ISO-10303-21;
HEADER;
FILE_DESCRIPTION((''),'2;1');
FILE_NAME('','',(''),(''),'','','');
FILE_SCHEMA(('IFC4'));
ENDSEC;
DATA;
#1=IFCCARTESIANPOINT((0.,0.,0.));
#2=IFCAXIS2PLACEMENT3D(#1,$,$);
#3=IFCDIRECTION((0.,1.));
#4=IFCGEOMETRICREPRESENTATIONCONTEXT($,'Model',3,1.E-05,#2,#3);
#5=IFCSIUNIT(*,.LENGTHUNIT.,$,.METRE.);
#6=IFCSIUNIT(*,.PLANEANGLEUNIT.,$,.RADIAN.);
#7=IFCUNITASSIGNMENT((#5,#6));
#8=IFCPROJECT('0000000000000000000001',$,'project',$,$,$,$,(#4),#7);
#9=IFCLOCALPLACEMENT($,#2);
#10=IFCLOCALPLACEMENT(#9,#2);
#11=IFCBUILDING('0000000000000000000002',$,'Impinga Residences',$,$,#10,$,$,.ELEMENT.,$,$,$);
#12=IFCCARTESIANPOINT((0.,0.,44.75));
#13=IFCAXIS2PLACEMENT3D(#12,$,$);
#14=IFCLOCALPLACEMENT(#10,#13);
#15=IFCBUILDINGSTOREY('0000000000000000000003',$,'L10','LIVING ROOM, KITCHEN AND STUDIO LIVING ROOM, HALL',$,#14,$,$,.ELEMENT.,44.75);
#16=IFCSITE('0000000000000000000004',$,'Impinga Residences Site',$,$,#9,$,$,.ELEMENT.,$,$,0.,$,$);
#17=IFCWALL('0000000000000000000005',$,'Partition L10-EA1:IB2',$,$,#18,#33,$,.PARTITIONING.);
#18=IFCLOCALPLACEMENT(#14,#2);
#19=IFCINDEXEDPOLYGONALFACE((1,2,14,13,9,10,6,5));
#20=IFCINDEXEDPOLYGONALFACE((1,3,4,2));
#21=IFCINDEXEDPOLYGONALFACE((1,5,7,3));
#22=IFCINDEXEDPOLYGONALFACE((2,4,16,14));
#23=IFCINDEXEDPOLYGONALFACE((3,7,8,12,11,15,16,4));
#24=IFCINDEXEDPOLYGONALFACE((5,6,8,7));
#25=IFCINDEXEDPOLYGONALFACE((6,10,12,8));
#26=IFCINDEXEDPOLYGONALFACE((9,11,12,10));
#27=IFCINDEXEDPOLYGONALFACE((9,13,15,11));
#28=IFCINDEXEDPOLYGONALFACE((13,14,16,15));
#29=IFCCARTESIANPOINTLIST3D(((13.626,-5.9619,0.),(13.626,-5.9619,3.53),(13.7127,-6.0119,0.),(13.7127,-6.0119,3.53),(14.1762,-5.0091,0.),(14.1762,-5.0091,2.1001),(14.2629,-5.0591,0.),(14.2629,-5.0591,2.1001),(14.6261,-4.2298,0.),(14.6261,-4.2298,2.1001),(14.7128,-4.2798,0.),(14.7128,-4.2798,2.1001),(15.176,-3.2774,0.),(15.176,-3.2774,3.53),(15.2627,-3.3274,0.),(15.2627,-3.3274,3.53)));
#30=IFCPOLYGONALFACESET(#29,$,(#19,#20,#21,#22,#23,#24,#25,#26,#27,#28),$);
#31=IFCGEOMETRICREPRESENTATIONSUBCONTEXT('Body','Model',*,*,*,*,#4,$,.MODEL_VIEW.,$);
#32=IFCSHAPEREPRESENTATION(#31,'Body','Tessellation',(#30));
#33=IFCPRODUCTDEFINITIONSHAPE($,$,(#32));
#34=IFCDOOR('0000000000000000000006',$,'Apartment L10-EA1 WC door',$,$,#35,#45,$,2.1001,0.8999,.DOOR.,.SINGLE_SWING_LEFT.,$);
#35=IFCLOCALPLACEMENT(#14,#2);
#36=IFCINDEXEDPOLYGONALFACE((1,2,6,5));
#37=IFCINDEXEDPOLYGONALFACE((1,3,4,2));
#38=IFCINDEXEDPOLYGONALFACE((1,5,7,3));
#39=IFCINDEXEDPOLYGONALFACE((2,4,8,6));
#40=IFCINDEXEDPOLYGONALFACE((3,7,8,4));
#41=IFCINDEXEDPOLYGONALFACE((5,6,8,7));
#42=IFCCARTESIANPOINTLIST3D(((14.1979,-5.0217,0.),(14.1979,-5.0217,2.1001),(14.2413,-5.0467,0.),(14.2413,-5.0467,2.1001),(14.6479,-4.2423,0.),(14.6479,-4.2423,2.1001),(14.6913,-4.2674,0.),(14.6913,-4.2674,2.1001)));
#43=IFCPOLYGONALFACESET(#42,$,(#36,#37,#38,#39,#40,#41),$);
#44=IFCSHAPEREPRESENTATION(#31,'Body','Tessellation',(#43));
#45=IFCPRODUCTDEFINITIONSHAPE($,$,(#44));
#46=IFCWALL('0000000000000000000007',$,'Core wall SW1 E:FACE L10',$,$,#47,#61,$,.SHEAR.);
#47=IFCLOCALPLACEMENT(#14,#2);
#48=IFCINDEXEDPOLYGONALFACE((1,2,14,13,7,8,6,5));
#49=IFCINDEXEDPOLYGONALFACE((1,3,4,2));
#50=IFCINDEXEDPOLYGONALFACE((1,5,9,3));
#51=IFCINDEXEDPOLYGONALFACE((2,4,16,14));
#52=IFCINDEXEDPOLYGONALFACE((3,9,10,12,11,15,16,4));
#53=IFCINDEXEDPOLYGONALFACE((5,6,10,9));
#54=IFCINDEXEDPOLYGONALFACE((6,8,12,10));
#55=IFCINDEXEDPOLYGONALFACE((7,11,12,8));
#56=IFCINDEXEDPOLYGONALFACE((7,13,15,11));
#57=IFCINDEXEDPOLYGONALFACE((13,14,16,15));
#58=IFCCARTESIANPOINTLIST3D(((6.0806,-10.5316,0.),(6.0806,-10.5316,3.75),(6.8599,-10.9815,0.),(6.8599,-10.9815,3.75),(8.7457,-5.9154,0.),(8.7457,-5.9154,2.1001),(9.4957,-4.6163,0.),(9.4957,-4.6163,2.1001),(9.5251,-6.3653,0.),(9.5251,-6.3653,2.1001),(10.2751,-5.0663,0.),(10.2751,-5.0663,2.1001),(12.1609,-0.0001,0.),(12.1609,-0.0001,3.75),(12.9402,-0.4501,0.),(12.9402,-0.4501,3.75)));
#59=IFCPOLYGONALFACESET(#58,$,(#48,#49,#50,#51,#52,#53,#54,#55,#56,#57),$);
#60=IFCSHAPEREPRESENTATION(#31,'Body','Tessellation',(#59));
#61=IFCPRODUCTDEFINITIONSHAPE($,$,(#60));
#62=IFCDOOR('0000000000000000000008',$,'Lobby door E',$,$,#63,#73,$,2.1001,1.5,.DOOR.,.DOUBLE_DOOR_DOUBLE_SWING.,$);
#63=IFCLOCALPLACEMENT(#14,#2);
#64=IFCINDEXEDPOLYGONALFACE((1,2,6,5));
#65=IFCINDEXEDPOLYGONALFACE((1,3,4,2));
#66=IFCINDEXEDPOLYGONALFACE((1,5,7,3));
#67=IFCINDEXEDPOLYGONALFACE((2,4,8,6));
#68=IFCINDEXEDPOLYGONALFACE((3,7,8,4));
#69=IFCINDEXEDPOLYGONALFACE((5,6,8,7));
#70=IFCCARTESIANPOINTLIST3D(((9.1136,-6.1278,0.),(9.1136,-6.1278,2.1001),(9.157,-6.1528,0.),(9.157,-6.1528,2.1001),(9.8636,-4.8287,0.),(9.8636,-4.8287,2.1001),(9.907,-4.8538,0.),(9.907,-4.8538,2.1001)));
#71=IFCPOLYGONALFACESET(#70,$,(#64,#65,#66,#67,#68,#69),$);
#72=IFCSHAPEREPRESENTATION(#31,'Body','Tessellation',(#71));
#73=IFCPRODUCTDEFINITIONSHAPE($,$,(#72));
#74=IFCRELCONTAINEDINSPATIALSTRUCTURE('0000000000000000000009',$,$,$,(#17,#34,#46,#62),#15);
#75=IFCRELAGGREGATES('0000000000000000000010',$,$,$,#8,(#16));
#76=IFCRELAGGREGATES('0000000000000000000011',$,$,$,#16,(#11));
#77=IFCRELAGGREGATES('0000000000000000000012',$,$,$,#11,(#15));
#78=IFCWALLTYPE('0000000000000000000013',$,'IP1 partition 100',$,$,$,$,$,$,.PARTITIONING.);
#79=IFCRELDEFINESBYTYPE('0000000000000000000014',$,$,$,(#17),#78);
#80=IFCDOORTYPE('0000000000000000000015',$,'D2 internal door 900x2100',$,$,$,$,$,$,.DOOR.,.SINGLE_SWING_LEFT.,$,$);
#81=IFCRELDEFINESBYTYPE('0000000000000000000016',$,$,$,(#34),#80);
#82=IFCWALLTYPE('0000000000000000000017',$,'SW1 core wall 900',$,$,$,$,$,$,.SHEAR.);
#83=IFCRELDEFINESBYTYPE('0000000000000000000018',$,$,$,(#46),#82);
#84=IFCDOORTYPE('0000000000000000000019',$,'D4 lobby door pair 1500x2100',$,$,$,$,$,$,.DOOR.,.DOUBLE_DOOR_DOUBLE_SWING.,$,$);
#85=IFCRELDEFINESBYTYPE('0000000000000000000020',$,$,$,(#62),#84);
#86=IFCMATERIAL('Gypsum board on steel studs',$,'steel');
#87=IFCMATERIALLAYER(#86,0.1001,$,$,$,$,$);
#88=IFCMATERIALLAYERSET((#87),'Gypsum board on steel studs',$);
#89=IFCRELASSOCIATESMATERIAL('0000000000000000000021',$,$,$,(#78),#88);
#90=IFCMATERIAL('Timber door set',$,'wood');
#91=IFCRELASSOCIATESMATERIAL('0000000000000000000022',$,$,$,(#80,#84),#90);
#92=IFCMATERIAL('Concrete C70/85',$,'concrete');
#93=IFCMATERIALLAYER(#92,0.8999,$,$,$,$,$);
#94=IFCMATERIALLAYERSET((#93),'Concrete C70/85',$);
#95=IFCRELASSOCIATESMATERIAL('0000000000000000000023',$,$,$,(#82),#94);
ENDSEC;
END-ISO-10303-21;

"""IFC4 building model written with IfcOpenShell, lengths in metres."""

from ifc_helpers import new_model, si_unit, direction, frame, frame_2d, origin, place, context, subcontext, project, spatial, rectangle, extrude, material, layer, layer_set, type_object, element, fill, save


model = new_model("IFC4")

# Units and contexts
model_context = context("Model", 3, precision=1e-05, world=origin(), true_north=direction((0.0, 1.0)))
body_context = subcontext(model_context, "Body", "Model", "MODEL_VIEW")
ifc_project = project(units=[si_unit("LENGTHUNIT", "METRE"), si_unit("PLANEANGLEUNIT", "RADIAN")], contexts=[model_context])

# Site, building, storey
site_placement = place(None, origin())
site = spatial("IfcSite", under=ifc_project, at=site_placement, Name="Impinga Residences Site", CompositionType="ELEMENT", RefElevation=0.0)
building_placement = place(site_placement, origin())
building = spatial("IfcBuilding", under=site, at=building_placement, Name="Impinga Residences", CompositionType="ELEMENT")
storey_placement = place(building_placement, frame((0.0, 0.0, 44.75)))
storey = spatial("IfcBuildingStorey", under=building, at=storey_placement, Name="L10", Description="LIVING ROOM, KITCHEN AND STUDIO LIVING ROOM, HALL", CompositionType="ELEMENT", Elevation=44.75)

# Shared definitions
ifc_material_1 = material(Name="Concrete C70/85", Category="concrete")
ifc_material_2 = material(Name="Timber door set", Category="wood")

# Shared definitions
ifc_material_3 = material(Name="Gypsum board on steel studs", Category="steel")
ifc_layer_1 = layer(ifc_material_3, 0.1001)
ifc_layer_set_1 = layer_set([ifc_layer_1], Name="Gypsum board on steel studs")
wall_type_1 = type_object("IfcWallType", Name="IP1 partition 100", PredefinedType="PARTITIONING", material=ifc_layer_set_1)

# Walls, openings, doors
door_type_1 = type_object("IfcDoorType", Name="D2 internal door 900x2100", OperationType="SINGLE_SWING_LEFT", PredefinedType="DOOR", material=ifc_material_2)
wall_1_placement = place(storey_placement, frame((13.6694, -5.9868, 0.0), z_axis=(0.0, 0.0, 1.0), x_axis=(0.500027, 0.86601, 0.0)))
wall_1 = element("IfcWall", 1, at=wall_1_placement, inside=storey, type_object=wall_type_1, Name="Partition L10-EA1:IB2", PredefinedType="PARTITIONING", context=body_context, shape_type="SweptSolid", body=[
    extrude(rectangle(XDim=3.0999, YDim=0.1001, at=frame_2d((1.5498, 0.0))), origin(), (0.0, 0.0, 1.0), 3.53),
])
opening_1_placement = place(wall_1_placement, frame((1.1001, 0.0, 0.0)))
opening_1 = element("IfcOpeningElement", 2, at=opening_1_placement, cuts=wall_1, PredefinedType="OPENING", context=body_context, shape_type="SweptSolid", body=[
    extrude(rectangle(XDim=0.8999, YDim=2.1001, at=frame_2d((0.45, 1.05))), frame((0.0, 0.0601, 0.0), z_axis=(0.0, -1.0, 0.0), x_axis=(1.0, 0.0, 0.0)), (0.0, 0.0, 1.0), 0.1201),
])
door_1_placement = place(opening_1_placement, origin())
door_1 = element("IfcDoor", 3, at=door_1_placement, inside=storey, type_object=door_type_1, Name="Apartment L10-EA1 WC door", OperationType="SINGLE_SWING_LEFT", OverallHeight=2.1001, OverallWidth=0.8999, PredefinedType="DOOR", context=body_context, shape_type="SweptSolid", body=[
    extrude(rectangle(XDim=0.8999, YDim=2.1001, at=frame_2d((0.45, 1.05))), frame((0.0, 0.0249, 0.0), z_axis=(0.0, -1.0, 0.0), x_axis=(1.0, 0.0, 0.0)), (0.0, 0.0, 1.0), 0.05),
])
fill(opening_1, door_1)
ifc_layer_2 = layer(ifc_material_1, 0.8999)
ifc_layer_set_2 = layer_set([ifc_layer_2], Name="Concrete C70/85")
wall_type_2 = type_object("IfcWallType", Name="SW1 core wall 900", PredefinedType="SHEAR", material=ifc_layer_set_2)
wall_2_placement = place(storey_placement, frame((12.5505, -0.2251, 0.0), z_axis=(0.0, 0.0, 1.0), x_axis=(-0.499998, -0.866027, 0.0)))
wall_2 = element("IfcWall", 4, at=wall_2_placement, inside=storey, type_object=wall_type_2, Name="Core wall SW1 E:FACE L10", PredefinedType="SHEAR", context=body_context, shape_type="SweptSolid", body=[
    extrude(rectangle(XDim=12.1606, YDim=0.8999, at=frame_2d((6.0803, 0.0))), origin(), (0.0, 0.0, 1.0), 3.75),
])
opening_2_placement = place(wall_2_placement, frame((5.3303, 0.0, 0.0)))
opening_2 = element("IfcOpeningElement", 5, at=opening_2_placement, cuts=wall_2, PredefinedType="OPENING", context=body_context, shape_type="SweptSolid", body=[
    extrude(rectangle(XDim=1.5, YDim=2.1001, at=frame_2d((0.75, 1.05))), frame((0.0, 0.46, 0.0), z_axis=(0.0, -1.0, 0.0), x_axis=(1.0, 0.0, 0.0)), (0.0, 0.0, 1.0), 0.9199),
])
door_type_2 = type_object("IfcDoorType", Name="D4 lobby door pair 1500x2100", OperationType="DOUBLE_DOOR_DOUBLE_SWING", PredefinedType="DOOR", material=ifc_material_2)
door_2_placement = place(opening_2_placement, origin())
door_2 = element("IfcDoor", 6, at=door_2_placement, inside=storey, type_object=door_type_2, Name="Lobby door E", OperationType="DOUBLE_DOOR_DOUBLE_SWING", OverallHeight=2.1001, OverallWidth=1.5, PredefinedType="DOOR", context=body_context, shape_type="SweptSolid", body=[
    extrude(rectangle(XDim=1.5, YDim=2.1001, at=frame_2d((0.75, 1.05))), frame((0.0, 0.0249, 0.0), z_axis=(0.0, -1.0, 0.0), x_axis=(1.0, 0.0, 0.0)), (0.0, 0.0, 1.0), 0.05),
])
fill(opening_2, door_2)

save(model, "model.ifc")
